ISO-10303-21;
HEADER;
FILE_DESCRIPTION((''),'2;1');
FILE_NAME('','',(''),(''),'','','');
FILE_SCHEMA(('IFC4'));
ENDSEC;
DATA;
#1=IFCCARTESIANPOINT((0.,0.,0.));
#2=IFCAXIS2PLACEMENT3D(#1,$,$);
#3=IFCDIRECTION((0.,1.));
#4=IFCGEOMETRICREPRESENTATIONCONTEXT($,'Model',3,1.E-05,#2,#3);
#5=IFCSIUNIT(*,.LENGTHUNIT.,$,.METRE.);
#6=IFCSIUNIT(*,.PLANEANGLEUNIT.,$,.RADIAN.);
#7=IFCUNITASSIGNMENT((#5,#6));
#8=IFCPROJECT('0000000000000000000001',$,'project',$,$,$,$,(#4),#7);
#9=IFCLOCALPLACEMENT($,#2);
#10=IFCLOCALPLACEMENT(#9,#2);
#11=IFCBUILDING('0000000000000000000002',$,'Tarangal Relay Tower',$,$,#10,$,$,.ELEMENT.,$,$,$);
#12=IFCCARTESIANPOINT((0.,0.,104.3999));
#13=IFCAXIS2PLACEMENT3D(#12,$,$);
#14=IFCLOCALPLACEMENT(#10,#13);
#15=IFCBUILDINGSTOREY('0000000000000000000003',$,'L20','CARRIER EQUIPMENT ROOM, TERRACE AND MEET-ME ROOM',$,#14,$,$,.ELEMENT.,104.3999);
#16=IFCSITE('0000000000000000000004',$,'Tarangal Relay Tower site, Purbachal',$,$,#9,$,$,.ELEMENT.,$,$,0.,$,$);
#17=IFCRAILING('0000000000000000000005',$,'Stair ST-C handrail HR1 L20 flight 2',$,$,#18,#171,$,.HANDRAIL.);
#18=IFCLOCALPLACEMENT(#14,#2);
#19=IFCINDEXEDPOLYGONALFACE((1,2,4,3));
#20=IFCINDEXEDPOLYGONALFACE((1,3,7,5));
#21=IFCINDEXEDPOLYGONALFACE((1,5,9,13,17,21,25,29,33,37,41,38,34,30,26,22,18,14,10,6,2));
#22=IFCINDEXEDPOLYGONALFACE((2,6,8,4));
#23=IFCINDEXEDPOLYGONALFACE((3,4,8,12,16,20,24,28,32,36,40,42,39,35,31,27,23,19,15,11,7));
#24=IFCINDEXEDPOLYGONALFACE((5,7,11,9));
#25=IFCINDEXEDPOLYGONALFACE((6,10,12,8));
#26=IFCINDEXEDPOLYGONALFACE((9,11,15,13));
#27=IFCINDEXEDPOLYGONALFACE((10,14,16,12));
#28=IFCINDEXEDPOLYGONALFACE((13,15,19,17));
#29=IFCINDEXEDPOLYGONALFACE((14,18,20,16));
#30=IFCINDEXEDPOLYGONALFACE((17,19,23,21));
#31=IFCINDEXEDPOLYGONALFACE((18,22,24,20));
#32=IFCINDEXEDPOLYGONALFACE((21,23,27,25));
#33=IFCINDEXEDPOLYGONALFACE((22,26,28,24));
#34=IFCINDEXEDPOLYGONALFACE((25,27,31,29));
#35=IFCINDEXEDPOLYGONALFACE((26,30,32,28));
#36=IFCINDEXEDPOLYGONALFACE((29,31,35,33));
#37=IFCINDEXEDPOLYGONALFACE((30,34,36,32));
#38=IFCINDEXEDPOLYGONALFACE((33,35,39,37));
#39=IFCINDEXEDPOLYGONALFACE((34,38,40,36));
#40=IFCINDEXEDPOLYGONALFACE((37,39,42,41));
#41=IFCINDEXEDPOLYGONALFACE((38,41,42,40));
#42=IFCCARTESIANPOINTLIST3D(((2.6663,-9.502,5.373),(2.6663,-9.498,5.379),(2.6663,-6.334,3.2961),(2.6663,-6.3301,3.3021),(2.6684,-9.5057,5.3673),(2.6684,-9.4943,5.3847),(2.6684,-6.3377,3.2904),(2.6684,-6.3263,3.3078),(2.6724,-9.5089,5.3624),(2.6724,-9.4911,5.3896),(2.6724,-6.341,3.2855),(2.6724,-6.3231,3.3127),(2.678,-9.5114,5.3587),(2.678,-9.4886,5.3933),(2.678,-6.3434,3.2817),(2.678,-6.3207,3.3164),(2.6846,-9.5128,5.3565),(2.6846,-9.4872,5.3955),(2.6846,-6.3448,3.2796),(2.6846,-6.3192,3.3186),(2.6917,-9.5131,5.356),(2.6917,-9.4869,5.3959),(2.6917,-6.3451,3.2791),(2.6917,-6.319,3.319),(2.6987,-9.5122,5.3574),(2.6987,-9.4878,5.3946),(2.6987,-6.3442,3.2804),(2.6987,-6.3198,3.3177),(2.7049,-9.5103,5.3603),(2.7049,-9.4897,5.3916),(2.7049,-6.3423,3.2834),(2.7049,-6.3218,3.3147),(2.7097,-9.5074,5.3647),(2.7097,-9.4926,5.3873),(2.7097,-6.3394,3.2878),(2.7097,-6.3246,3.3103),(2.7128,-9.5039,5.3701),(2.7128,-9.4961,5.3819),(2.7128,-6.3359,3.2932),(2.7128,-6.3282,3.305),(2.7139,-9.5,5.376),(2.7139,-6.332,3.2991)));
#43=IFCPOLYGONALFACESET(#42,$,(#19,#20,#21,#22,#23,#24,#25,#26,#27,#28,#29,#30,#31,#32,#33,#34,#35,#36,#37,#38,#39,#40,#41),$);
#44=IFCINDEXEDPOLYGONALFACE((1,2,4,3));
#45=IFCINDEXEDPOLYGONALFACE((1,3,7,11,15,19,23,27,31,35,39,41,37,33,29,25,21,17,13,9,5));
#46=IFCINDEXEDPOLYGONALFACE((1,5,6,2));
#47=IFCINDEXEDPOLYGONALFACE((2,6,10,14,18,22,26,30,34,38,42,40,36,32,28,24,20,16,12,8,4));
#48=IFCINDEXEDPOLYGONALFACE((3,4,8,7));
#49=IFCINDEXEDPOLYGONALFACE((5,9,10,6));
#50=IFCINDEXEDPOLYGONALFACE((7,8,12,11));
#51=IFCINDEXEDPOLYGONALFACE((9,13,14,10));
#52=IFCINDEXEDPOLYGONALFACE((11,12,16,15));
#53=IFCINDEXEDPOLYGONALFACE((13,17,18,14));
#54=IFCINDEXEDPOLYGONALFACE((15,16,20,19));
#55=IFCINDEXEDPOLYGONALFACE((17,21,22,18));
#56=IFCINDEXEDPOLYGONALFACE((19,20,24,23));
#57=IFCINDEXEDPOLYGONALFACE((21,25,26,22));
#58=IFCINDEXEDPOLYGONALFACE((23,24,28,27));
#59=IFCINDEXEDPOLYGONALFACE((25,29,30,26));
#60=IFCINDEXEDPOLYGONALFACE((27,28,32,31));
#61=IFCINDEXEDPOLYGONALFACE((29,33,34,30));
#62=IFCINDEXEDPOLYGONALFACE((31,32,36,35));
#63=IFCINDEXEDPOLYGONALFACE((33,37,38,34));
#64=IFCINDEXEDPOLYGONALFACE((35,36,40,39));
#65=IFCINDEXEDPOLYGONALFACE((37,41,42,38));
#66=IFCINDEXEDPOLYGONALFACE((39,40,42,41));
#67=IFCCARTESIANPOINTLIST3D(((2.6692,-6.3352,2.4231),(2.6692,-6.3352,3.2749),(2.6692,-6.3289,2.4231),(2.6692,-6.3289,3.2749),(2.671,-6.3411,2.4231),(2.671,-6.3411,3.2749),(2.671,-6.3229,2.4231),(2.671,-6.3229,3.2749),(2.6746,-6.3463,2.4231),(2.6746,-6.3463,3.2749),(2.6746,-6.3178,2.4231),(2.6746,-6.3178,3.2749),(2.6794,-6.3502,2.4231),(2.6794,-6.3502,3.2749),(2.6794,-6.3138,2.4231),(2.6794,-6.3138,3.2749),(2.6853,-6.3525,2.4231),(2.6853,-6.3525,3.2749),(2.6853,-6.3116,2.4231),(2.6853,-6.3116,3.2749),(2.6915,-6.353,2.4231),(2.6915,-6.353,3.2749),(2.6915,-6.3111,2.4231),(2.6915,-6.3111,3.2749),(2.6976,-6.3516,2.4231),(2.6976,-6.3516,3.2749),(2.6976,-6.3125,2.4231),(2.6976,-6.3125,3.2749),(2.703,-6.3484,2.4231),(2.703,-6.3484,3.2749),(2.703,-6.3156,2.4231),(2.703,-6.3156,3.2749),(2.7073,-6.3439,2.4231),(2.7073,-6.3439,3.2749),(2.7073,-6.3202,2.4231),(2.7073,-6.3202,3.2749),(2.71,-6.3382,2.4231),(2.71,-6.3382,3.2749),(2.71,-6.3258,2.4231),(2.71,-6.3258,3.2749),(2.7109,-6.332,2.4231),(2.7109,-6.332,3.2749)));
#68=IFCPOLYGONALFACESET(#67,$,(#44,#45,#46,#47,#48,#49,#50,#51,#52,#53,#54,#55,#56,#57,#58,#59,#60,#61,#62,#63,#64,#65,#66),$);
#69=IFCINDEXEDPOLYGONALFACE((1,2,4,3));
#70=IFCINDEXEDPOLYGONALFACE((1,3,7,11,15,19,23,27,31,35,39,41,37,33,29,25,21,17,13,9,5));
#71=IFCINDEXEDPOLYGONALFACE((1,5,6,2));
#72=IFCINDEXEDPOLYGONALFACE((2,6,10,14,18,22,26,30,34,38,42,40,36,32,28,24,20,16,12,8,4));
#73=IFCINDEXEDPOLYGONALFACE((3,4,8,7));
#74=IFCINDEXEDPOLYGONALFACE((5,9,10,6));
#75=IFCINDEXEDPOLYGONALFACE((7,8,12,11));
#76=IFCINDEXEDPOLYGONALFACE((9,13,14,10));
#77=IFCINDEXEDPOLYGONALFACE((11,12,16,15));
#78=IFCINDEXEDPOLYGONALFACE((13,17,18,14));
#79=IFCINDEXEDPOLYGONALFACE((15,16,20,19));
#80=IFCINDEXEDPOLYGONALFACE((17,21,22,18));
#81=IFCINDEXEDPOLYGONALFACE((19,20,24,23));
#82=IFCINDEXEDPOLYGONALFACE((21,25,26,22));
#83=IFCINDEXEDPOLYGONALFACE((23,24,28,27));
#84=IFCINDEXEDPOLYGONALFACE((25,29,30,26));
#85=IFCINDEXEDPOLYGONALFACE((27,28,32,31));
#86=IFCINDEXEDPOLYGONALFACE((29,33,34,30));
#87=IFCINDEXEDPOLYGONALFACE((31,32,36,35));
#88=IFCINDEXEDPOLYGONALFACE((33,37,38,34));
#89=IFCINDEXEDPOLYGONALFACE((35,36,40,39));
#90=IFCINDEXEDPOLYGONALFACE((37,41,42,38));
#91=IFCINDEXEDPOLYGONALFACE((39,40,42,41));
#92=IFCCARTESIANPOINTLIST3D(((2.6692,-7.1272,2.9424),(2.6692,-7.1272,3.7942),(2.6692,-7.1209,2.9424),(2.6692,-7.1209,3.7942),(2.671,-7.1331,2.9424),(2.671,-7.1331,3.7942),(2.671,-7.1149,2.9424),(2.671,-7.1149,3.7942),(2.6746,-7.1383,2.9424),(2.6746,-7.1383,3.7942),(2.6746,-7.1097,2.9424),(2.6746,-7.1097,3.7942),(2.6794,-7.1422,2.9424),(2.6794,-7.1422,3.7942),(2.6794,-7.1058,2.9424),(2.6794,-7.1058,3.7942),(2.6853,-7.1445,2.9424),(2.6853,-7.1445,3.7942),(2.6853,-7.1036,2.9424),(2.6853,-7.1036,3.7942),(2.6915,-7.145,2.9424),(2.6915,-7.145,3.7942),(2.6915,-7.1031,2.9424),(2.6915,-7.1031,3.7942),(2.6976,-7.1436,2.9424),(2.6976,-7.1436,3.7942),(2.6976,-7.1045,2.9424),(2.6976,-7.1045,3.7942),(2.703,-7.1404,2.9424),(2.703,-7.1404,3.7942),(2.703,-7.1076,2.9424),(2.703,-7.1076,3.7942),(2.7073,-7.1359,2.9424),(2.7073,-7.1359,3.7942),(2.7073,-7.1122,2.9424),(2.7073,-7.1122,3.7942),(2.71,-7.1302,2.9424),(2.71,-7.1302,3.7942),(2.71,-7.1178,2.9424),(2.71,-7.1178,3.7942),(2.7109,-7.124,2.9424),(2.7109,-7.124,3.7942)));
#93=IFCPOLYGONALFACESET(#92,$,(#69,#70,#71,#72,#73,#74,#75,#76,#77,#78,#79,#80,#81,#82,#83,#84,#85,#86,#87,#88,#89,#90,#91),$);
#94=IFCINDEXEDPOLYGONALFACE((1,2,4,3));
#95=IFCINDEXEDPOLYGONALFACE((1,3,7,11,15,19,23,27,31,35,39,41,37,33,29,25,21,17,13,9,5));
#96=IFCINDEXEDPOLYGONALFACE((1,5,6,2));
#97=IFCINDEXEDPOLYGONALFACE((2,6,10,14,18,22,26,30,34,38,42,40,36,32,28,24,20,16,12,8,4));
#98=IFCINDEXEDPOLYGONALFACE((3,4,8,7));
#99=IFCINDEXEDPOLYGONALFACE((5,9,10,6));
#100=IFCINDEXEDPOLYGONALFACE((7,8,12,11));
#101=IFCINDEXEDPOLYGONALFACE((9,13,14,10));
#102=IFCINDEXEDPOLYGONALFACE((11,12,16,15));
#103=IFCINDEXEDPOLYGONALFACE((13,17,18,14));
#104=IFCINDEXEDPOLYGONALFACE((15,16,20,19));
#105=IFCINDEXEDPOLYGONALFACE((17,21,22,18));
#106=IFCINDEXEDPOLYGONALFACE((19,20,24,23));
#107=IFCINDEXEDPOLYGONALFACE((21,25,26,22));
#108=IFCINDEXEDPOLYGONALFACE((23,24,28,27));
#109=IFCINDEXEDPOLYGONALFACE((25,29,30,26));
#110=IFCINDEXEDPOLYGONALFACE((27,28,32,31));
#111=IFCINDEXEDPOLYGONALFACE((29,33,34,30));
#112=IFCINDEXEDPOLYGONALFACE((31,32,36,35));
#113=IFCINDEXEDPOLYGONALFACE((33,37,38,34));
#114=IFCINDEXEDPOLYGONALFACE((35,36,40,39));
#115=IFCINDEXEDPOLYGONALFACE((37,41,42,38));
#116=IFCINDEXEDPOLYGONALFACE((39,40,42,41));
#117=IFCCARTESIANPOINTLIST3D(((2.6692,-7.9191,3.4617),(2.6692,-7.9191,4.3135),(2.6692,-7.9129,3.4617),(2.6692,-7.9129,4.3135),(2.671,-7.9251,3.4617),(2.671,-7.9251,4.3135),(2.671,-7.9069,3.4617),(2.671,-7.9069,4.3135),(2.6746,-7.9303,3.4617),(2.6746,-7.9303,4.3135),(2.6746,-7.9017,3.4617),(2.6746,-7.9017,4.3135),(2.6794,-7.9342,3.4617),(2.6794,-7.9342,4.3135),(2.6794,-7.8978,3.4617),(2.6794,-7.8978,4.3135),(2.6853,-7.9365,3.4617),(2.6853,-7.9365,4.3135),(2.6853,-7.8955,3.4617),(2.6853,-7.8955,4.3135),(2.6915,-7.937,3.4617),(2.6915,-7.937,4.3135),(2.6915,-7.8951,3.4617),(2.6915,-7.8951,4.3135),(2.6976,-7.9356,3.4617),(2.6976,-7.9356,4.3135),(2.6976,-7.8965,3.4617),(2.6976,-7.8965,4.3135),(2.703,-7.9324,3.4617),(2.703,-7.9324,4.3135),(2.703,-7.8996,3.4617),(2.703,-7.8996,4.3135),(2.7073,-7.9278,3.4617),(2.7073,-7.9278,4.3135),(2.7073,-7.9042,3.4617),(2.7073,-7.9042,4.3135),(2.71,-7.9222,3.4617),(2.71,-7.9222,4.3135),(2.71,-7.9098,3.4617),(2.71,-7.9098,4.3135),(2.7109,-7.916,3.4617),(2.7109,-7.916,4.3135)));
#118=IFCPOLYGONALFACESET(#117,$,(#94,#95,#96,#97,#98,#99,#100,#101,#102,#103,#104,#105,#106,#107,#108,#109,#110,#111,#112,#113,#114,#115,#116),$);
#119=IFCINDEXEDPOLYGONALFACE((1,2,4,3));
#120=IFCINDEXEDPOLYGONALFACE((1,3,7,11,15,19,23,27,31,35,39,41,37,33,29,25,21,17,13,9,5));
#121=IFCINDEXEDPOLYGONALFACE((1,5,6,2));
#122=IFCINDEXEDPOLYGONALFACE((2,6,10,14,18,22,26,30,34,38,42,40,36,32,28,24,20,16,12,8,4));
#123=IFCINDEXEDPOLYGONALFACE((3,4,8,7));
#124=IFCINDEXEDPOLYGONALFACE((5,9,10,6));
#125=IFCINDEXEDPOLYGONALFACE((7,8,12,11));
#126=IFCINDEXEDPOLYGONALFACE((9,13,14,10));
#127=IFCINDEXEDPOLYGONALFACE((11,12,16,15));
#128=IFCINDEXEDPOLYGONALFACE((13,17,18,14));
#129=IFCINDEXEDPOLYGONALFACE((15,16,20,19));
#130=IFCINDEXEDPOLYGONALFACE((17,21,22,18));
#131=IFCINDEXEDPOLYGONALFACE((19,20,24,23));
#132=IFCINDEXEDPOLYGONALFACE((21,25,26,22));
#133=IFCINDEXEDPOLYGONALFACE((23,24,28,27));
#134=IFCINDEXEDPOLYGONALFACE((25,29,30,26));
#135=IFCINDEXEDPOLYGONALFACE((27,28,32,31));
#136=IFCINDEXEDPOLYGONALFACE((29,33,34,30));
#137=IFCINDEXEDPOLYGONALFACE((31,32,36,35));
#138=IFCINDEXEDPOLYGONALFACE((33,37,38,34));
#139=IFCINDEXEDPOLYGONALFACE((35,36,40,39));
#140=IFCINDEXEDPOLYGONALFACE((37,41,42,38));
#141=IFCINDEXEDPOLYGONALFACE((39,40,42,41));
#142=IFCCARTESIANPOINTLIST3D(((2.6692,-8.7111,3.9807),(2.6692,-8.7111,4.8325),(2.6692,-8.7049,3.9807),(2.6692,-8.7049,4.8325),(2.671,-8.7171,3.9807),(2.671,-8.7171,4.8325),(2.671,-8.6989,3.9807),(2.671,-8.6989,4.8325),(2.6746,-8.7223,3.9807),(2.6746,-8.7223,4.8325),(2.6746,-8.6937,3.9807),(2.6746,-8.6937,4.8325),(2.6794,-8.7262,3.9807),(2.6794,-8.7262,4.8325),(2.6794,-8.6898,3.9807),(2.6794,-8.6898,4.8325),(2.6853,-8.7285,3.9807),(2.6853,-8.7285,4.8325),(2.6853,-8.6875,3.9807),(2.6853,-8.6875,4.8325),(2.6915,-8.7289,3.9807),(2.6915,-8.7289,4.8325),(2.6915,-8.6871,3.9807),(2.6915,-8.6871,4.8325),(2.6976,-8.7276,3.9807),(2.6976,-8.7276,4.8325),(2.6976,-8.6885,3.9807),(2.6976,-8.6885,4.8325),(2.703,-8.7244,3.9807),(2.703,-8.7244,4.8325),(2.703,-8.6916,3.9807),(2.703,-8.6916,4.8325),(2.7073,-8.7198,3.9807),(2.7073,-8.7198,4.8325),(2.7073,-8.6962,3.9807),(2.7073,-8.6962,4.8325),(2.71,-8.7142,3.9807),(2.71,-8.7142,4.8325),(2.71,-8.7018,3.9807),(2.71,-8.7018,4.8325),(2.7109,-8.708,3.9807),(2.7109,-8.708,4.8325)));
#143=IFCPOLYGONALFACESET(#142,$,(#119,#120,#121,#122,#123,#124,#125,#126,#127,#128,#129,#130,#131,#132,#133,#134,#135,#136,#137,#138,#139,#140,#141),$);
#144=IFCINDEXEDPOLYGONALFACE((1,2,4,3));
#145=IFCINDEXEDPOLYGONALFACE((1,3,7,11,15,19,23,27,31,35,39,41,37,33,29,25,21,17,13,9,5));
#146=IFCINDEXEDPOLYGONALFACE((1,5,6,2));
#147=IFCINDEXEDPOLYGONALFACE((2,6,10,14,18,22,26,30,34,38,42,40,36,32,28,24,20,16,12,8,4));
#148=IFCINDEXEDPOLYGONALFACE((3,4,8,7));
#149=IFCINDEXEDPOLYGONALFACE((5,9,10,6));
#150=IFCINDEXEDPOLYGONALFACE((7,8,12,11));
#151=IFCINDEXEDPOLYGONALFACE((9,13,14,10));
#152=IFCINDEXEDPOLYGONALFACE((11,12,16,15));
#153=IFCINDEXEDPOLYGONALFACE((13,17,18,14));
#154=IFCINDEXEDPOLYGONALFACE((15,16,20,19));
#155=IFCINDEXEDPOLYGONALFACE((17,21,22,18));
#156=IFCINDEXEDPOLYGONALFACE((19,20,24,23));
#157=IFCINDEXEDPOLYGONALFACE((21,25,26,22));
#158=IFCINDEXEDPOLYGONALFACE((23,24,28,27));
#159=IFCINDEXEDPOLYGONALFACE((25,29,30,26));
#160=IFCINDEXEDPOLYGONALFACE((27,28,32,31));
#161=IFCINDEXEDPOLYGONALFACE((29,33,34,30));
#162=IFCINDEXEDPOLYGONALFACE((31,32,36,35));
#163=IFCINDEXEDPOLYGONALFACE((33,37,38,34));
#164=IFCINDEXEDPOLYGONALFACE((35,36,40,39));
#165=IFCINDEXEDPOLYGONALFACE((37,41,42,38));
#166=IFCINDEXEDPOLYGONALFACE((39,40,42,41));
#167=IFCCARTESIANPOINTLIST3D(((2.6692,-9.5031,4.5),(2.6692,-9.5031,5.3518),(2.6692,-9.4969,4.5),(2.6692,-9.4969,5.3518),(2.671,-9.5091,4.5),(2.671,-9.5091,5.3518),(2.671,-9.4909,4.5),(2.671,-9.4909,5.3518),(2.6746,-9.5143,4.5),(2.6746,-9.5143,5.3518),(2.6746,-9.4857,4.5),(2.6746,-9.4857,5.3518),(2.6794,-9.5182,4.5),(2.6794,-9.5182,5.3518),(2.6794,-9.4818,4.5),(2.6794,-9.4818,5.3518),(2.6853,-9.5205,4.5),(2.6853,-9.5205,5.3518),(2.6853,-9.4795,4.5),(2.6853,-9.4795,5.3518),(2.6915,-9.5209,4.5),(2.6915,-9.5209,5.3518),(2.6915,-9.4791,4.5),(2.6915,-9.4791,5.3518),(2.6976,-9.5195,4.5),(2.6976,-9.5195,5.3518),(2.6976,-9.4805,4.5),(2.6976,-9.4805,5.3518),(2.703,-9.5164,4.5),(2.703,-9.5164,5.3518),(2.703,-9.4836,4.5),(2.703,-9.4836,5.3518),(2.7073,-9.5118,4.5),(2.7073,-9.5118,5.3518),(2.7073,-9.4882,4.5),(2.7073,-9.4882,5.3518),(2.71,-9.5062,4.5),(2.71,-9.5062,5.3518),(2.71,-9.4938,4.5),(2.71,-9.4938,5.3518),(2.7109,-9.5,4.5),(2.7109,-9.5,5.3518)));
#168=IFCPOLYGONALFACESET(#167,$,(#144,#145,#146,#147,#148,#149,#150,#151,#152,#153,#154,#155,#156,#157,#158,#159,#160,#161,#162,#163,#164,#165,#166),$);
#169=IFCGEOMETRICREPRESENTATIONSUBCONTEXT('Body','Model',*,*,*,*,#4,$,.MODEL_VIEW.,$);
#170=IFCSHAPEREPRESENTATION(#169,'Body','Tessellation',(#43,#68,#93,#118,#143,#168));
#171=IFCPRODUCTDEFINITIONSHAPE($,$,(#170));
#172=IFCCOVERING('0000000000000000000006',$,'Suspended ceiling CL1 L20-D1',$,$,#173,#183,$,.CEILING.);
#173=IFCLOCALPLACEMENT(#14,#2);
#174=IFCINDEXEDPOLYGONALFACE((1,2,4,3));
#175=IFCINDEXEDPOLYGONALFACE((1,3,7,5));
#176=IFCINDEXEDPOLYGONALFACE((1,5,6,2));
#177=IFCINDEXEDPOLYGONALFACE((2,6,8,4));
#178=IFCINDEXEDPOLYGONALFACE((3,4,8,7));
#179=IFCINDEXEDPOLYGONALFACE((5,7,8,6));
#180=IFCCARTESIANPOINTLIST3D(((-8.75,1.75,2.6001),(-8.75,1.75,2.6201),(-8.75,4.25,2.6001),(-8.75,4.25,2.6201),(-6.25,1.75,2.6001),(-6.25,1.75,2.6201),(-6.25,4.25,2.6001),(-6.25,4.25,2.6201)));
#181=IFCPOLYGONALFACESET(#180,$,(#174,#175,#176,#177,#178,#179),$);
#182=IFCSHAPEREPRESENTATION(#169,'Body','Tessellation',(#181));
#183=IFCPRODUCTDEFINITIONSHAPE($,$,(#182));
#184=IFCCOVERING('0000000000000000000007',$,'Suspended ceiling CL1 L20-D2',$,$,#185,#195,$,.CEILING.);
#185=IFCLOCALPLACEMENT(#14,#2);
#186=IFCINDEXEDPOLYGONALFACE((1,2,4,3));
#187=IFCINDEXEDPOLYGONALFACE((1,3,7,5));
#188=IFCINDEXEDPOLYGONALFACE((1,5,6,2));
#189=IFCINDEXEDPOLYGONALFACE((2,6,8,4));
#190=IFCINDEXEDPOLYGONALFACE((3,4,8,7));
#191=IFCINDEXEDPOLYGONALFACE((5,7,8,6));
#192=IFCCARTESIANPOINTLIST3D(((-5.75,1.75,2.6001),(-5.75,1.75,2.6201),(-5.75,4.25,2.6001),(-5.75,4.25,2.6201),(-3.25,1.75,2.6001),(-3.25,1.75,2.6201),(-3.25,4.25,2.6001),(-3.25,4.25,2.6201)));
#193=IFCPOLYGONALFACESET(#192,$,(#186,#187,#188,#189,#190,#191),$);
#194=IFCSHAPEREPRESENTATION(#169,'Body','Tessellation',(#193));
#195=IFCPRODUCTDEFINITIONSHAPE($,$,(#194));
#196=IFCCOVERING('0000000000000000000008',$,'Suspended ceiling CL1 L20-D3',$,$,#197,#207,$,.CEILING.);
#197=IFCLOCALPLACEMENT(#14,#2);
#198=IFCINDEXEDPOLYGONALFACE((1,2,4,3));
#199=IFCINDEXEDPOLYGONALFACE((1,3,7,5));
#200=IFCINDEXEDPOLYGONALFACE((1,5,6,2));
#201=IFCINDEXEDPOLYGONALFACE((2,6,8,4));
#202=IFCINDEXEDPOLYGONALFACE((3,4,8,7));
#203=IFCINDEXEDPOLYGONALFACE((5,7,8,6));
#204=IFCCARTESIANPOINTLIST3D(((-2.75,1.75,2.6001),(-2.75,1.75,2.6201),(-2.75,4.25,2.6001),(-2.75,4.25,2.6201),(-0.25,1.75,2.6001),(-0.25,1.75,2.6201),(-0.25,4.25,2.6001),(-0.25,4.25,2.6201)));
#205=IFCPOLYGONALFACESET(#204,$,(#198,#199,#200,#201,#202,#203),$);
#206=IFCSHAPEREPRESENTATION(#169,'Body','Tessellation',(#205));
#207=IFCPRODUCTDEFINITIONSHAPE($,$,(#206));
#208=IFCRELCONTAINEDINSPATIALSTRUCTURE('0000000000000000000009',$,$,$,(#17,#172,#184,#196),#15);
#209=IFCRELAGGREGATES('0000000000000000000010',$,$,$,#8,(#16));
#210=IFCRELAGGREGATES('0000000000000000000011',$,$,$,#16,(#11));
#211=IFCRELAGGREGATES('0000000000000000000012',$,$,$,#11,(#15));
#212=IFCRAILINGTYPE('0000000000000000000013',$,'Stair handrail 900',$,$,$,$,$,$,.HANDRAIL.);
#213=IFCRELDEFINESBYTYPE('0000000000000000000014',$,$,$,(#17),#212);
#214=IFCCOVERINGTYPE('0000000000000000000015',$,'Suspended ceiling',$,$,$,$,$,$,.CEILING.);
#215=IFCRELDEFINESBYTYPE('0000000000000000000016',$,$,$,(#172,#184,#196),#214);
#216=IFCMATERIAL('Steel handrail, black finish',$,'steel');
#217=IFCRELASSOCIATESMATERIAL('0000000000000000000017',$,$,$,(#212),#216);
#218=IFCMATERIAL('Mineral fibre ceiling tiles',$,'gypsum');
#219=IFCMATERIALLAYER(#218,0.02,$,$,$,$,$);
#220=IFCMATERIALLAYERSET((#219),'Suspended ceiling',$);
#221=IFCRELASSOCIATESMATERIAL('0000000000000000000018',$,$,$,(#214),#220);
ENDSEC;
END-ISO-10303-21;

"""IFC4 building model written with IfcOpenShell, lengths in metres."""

from ifc_helpers import new_model, si_unit, direction, frame, origin, origin_2d, place, context, subcontext, project, spatial, polyline, circle, outline, extrude, material, layer, layer_set, type_object, element, save


model = new_model("IFC4")

# Units and contexts
model_context = context("Model", 3, precision=1e-05, world=origin(), true_north=direction((0.0, 1.0)))
body_context = subcontext(model_context, "Body", "Model", "MODEL_VIEW")
ifc_project = project(units=[si_unit("LENGTHUNIT", "METRE"), si_unit("PLANEANGLEUNIT", "RADIAN")], contexts=[model_context])

# Site, building, storey
site_placement = place(None, origin())
site = spatial("IfcSite", under=ifc_project, at=site_placement, Name="Tarangal Relay Tower site, Purbachal", CompositionType="ELEMENT", RefElevation=0.0)
building_placement = place(site_placement, origin())
building = spatial("IfcBuilding", under=site, at=building_placement, Name="Tarangal Relay Tower", CompositionType="ELEMENT")
storey_placement = place(building_placement, frame((0.0, 0.0, 104.3999)))
storey = spatial("IfcBuildingStorey", under=building, at=storey_placement, Name="L20", Description="CARRIER EQUIPMENT ROOM, TERRACE AND MEET-ME ROOM", CompositionType="ELEMENT", Elevation=104.3999)

# Railing
ifc_material_1 = material(Name="Steel handrail, black finish", Category="steel")
railing_type_1 = type_object("IfcRailingType", Name="Stair handrail 900", PredefinedType="HANDRAIL", material=ifc_material_1)
railing_1_placement = place(storey_placement, frame((2.6899, -6.332, 2.4231)))
element("IfcRailing", 1, at=railing_1_placement, inside=storey, type_object=railing_type_1, Name="Stair ST-C handrail HR1 L20 flight 2", PredefinedType="HANDRAIL", context=body_context, shape_type="SweptSolid", body=[
    extrude(circle(Radius=0.0239, at=origin_2d()), frame((0.0, 0.0, 0.876), z_axis=(0.0, -0.836299, 0.548273), x_axis=(1.0, 0.0, 0.0)), (0.0, 0.0, 1.0), 3.7881),
    extrude(circle(Radius=0.021, at=origin_2d()), origin(), (0.0, 0.0, 1.0), 0.8518),
    extrude(circle(Radius=0.021, at=origin_2d()), frame((0.0, -0.792, 0.5193)), (0.0, 0.0, 1.0), 0.8518),
    extrude(circle(Radius=0.021, at=origin_2d()), frame((0.0, -1.584, 1.0386)), (0.0, 0.0, 1.0), 0.8518),
    extrude(circle(Radius=0.021, at=origin_2d()), frame((0.0, -2.376, 1.5576)), (0.0, 0.0, 1.0), 0.8518),
    extrude(circle(Radius=0.021, at=origin_2d()), frame((0.0, -3.168, 2.0769)), (0.0, 0.0, 1.0), 0.8518),
])

# Coverings
ifc_material_2 = material(Name="Mineral fibre ceiling tiles", Category="gypsum")
ifc_layer_1 = layer(ifc_material_2, 0.02)
ifc_layer_set_1 = layer_set([ifc_layer_1], Name="Suspended ceiling")
covering_type_1 = type_object("IfcCoveringType", Name="Suspended ceiling", PredefinedType="CEILING", material=ifc_layer_set_1)
covering_1_placement = place(storey_placement, frame((0.0, 0.0, 2.6001)))
element("IfcCovering", 2, at=covering_1_placement, inside=storey, type_object=covering_type_1, Name="Suspended ceiling CL1 L20-D1", PredefinedType="CEILING", context=body_context, shape_type="SweptSolid", body=[
    extrude(outline(polyline([(-8.75, 1.75), (-6.25, 1.75), (-6.25, 4.25), (-8.75, 4.25), (-8.75, 1.75)])), origin(), (0.0, 0.0, 1.0), 0.02),
])
covering_2_placement = place(storey_placement, frame((0.0, 0.0, 2.6001)))
element("IfcCovering", 3, at=covering_2_placement, inside=storey, type_object=covering_type_1, Name="Suspended ceiling CL1 L20-D2", PredefinedType="CEILING", context=body_context, shape_type="SweptSolid", body=[
    extrude(outline(polyline([(-5.75, 1.75), (-3.25, 1.75), (-3.25, 4.25), (-5.75, 4.25), (-5.75, 1.75)])), origin(), (0.0, 0.0, 1.0), 0.02),
])
covering_3_placement = place(storey_placement, frame((0.0, 0.0, 2.6001)))
element("IfcCovering", 4, at=covering_3_placement, inside=storey, type_object=covering_type_1, Name="Suspended ceiling CL1 L20-D3", PredefinedType="CEILING", context=body_context, shape_type="SweptSolid", body=[
    extrude(outline(polyline([(-2.75, 1.75), (-0.25, 1.75), (-0.25, 4.25), (-2.75, 4.25), (-2.75, 1.75)])), origin(), (0.0, 0.0, 1.0), 0.02),
])

save(model, "model.ifc")
